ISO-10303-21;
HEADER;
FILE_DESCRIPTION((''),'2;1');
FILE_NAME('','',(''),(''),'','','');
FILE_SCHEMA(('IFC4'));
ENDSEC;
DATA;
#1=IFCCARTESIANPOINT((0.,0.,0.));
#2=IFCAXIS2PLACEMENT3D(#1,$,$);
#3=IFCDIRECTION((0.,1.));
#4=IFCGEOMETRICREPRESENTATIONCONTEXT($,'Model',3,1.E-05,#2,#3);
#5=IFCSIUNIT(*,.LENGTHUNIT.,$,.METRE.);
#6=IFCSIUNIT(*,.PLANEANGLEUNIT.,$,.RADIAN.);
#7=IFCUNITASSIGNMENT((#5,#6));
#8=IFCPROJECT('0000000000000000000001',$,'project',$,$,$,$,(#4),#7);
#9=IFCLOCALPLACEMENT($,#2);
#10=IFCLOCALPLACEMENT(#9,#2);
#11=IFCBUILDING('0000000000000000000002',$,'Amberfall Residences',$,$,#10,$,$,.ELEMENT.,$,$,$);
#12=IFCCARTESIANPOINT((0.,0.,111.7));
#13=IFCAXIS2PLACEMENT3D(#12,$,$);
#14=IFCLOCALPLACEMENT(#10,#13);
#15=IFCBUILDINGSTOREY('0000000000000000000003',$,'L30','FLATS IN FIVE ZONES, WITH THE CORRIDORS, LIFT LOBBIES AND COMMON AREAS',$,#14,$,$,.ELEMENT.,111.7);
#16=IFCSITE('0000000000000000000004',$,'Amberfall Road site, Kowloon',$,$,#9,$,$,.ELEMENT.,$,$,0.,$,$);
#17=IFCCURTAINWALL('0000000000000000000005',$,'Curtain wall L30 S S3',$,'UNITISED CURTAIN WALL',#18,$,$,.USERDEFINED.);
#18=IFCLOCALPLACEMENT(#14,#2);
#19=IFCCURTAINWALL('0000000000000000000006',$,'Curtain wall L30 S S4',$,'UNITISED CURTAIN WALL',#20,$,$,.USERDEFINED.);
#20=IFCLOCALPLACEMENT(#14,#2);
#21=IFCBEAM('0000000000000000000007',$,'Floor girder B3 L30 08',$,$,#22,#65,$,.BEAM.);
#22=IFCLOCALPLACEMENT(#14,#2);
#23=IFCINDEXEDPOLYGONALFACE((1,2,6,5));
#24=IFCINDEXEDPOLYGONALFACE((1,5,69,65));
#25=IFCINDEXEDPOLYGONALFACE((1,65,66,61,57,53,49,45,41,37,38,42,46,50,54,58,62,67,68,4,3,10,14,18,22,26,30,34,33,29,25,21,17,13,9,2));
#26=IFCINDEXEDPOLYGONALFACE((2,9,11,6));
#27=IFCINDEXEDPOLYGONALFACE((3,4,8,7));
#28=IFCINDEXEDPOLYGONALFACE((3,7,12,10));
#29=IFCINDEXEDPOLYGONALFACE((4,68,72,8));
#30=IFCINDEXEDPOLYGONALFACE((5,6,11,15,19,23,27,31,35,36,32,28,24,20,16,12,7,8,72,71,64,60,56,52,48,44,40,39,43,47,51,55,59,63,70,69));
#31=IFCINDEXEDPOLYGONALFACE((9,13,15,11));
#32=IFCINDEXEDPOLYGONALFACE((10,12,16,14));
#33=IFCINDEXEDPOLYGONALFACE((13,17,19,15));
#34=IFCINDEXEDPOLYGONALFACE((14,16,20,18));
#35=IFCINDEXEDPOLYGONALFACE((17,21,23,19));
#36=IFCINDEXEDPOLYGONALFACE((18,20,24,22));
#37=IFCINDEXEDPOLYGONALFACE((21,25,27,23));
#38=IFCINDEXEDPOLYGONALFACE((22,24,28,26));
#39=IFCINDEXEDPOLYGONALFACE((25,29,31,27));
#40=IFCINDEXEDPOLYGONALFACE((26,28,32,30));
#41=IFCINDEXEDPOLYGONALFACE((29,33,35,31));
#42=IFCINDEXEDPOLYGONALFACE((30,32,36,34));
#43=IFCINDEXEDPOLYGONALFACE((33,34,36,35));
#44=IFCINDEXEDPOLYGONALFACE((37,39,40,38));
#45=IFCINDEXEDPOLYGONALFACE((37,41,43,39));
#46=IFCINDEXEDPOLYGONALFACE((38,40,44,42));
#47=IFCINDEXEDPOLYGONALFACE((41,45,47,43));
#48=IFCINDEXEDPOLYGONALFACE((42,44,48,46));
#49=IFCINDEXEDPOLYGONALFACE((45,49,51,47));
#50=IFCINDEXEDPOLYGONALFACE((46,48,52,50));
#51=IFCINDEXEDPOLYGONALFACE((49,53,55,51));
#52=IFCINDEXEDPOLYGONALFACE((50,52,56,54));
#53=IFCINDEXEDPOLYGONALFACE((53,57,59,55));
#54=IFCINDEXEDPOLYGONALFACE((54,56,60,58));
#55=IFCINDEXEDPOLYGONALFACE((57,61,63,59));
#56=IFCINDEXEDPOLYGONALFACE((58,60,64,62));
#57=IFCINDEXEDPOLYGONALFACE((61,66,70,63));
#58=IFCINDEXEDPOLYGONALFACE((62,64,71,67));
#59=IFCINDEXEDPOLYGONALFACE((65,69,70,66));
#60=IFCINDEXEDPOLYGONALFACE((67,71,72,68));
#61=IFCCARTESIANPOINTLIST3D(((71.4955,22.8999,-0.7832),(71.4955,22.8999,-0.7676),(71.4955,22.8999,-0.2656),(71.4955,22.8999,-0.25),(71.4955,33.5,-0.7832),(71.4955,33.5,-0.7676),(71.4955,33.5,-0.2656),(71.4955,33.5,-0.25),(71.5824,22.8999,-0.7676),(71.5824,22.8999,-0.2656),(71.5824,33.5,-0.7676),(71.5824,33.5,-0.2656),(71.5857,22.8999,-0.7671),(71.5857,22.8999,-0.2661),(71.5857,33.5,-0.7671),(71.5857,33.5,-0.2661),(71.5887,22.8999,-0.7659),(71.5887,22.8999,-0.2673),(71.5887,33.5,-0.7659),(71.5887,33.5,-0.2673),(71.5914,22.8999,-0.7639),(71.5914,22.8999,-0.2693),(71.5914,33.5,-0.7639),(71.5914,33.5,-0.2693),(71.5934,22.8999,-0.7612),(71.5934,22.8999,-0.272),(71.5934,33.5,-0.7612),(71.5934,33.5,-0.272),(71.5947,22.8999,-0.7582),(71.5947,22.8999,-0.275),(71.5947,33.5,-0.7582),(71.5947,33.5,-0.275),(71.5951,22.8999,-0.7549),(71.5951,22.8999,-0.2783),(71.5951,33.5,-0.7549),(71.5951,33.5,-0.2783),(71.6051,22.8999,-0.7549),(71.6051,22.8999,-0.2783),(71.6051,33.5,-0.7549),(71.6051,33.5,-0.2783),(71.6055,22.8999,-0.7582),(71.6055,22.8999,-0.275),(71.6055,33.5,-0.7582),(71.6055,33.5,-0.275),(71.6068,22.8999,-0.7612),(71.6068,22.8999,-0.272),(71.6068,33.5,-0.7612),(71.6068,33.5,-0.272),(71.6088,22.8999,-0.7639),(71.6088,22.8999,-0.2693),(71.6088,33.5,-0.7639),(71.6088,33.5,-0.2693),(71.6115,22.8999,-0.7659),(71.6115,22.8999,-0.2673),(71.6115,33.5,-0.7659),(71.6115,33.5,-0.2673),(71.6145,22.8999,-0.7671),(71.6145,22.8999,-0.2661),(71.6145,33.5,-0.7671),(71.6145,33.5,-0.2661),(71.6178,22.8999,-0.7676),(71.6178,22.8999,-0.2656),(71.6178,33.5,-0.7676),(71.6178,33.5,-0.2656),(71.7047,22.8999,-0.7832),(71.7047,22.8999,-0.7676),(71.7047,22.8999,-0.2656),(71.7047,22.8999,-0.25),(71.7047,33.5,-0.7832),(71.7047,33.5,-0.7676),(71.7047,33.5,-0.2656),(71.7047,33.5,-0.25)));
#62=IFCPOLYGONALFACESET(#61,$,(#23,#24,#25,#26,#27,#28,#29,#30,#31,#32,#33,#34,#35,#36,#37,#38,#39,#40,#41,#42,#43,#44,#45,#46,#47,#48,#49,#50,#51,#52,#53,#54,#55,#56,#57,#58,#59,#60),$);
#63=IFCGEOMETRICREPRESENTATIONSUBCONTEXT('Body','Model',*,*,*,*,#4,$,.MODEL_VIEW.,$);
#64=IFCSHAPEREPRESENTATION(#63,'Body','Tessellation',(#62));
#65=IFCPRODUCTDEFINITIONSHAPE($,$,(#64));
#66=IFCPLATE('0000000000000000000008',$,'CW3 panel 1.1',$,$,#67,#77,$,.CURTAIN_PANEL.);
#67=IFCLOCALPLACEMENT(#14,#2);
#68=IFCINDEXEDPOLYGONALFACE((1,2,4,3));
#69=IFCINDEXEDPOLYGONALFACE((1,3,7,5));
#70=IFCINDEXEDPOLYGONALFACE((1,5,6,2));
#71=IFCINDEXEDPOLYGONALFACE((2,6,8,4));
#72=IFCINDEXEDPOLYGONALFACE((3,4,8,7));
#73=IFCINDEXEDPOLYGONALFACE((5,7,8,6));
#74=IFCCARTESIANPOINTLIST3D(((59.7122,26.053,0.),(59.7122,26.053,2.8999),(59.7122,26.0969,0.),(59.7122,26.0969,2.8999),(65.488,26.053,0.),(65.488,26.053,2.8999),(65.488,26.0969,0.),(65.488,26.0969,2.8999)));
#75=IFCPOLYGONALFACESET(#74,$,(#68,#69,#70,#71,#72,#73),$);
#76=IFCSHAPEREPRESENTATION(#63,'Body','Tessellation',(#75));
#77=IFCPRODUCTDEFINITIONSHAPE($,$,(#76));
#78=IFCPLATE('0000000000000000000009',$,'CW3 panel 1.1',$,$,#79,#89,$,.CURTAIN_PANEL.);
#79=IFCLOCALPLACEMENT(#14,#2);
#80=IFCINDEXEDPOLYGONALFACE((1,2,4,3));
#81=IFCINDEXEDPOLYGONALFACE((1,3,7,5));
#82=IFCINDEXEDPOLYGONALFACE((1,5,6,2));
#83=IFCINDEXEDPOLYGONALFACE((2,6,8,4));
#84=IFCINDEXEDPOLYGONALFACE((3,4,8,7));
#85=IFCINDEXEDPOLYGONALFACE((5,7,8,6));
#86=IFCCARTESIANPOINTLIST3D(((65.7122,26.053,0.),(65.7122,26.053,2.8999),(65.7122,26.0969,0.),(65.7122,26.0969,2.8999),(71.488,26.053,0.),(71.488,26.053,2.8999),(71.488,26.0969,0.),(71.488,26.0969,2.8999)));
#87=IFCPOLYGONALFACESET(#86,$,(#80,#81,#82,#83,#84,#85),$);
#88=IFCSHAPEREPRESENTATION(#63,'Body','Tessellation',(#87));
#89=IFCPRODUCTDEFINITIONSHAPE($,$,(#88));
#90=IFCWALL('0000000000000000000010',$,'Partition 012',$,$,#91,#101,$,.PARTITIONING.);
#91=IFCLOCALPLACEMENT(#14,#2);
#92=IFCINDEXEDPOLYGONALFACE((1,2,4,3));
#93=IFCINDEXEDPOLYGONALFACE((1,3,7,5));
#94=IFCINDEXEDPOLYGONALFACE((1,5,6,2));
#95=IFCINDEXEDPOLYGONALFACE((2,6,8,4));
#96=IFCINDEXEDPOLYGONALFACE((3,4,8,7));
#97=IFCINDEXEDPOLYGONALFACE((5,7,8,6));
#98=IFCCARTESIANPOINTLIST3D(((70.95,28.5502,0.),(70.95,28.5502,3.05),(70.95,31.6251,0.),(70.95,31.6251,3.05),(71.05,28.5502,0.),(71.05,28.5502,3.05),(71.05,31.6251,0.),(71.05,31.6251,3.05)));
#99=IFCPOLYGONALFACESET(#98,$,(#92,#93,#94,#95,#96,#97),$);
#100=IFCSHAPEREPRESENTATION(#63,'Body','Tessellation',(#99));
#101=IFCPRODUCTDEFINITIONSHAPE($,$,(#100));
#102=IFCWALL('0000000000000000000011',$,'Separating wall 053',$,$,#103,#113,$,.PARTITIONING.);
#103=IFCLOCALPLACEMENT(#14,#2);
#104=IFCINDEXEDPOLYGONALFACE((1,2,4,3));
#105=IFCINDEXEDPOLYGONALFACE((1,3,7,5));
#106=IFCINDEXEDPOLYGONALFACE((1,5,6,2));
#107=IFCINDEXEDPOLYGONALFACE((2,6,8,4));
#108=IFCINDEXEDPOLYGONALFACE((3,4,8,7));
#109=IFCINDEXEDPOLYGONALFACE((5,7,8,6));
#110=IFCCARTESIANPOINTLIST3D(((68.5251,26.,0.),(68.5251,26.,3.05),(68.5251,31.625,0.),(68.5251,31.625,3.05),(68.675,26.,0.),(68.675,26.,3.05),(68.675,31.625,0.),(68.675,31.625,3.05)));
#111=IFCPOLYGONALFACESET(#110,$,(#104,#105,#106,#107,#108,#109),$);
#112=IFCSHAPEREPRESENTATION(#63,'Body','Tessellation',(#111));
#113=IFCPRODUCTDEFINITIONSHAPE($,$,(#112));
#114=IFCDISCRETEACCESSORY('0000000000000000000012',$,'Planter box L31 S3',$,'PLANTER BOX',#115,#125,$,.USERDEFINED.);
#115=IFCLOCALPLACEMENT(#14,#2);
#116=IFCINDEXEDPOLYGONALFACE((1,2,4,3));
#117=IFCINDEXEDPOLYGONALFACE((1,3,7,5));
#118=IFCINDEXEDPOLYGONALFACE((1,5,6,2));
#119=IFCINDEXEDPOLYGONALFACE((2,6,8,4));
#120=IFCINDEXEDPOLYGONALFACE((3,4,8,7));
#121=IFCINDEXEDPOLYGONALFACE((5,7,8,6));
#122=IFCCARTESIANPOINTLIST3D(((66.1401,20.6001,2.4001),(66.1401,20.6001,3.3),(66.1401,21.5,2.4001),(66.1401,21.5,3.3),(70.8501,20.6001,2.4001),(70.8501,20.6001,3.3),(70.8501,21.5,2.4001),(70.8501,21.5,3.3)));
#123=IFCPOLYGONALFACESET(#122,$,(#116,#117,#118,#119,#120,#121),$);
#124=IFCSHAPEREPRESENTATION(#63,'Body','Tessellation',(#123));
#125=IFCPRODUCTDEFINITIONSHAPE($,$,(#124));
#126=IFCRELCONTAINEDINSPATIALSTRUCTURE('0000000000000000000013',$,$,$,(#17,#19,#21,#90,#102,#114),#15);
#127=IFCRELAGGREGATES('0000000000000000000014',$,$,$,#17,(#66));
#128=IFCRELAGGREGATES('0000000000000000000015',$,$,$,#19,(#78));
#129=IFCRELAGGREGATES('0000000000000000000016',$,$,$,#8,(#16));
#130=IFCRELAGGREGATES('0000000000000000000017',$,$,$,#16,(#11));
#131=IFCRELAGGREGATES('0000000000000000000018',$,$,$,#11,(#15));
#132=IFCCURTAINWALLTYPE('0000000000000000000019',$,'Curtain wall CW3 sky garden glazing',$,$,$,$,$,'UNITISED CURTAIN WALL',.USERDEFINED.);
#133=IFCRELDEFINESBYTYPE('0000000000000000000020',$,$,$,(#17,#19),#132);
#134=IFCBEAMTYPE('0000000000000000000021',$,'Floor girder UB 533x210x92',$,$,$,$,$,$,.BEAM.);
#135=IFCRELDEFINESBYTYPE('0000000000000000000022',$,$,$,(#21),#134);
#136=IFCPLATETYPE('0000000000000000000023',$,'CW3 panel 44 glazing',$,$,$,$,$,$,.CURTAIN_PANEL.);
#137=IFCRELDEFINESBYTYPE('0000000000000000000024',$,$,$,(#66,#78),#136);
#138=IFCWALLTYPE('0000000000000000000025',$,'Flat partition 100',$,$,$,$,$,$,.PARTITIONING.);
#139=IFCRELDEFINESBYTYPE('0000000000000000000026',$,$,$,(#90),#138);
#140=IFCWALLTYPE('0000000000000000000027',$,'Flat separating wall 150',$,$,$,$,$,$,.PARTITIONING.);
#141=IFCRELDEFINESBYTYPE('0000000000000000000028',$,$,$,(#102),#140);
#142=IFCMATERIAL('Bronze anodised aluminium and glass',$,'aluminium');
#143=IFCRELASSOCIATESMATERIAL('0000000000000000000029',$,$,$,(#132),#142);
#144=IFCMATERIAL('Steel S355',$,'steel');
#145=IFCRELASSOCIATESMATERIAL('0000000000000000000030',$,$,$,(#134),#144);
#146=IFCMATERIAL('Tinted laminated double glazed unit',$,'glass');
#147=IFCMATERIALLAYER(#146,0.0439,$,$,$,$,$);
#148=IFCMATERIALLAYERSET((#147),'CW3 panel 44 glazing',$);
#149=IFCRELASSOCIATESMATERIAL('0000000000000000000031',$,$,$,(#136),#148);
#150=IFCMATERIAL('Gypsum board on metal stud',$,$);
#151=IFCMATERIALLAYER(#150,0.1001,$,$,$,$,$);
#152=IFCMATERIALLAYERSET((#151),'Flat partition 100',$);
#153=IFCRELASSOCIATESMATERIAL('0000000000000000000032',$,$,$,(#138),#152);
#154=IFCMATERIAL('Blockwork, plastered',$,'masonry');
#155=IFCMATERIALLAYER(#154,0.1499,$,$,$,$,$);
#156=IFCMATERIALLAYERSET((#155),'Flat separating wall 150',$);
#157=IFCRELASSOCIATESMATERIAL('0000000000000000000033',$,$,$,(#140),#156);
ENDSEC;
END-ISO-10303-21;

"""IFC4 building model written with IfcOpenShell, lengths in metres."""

from ifc_helpers import new_model, si_unit, direction, frame, frame_2d, origin, origin_2d, place, context, subcontext, project, spatial, rectangle, i_section, extrude, material, layer, layer_set, material_profile, profile_set, type_object, element, aggregate, save


model = new_model("IFC4")

# Units and contexts
model_context = context("Model", 3, precision=1e-05, world=origin(), true_north=direction((0.0, 1.0)))
body_context = subcontext(model_context, "Body", "Model", "MODEL_VIEW")
ifc_project = project(units=[si_unit("LENGTHUNIT", "METRE"), si_unit("PLANEANGLEUNIT", "RADIAN")], contexts=[model_context])

# Site, building, storey
site_placement = place(None, origin())
site = spatial("IfcSite", under=ifc_project, at=site_placement, Name="Amberfall Road site, Kowloon", CompositionType="ELEMENT", RefElevation=0.0)
building_placement = place(site_placement, origin())
building = spatial("IfcBuilding", under=site, at=building_placement, Name="Amberfall Residences", CompositionType="ELEMENT")
storey_placement = place(building_placement, frame((0.0, 0.0, 111.7)))
storey = spatial("IfcBuildingStorey", under=building, at=storey_placement, Name="L30", Description="FLATS IN FIVE ZONES, WITH THE CORRIDORS, LIFT LOBBIES AND COMMON AREAS", CompositionType="ELEMENT", Elevation=111.7)

# Curtain walls
ifc_material_1 = material(Name="Bronze anodised aluminium and glass", Category="aluminium")
curtain_wall_type = type_object("IfcCurtainWallType", Name="Curtain wall CW3 sky garden glazing", ElementType="UNITISED CURTAIN WALL", PredefinedType="USERDEFINED", material=ifc_material_1)
curtain_wall_1_placement = place(storey_placement, origin())
curtain_wall_1 = element("IfcCurtainWall", 1, at=curtain_wall_1_placement, inside=storey, type_object=curtain_wall_type, Name="Curtain wall L30 S S3", ObjectType="UNITISED CURTAIN WALL", PredefinedType="USERDEFINED")
curtain_wall_2_placement = place(storey_placement, origin())
curtain_wall_2 = element("IfcCurtainWall", 2, at=curtain_wall_2_placement, inside=storey, type_object=curtain_wall_type, Name="Curtain wall L30 S S4", ObjectType="UNITISED CURTAIN WALL", PredefinedType="USERDEFINED")

# Beam
ifc_material_2 = material(Name="Steel S355", Category="steel")
ifc_material_profile_1 = material_profile(ifc_material_2, i_section(OverallWidth=0.2092, OverallDepth=0.5332, WebThickness=0.01, FlangeThickness=0.0156, FilletRadius=0.0127, at=origin_2d()), Name="UB 533x210x92")
ifc_profile_set_1 = profile_set([ifc_material_profile_1], Name="Steel S355")
beam_type_1 = type_object("IfcBeamType", Name="Floor girder UB 533x210x92", PredefinedType="BEAM", material=ifc_profile_set_1)
for number, where, z_axis, x_axis, name in (
    (3, (71.6001, 22.8999, -0.5166), (0.0, 1.0, 0.0), (-1.0, 0.0, 0.0), "Floor girder B3 L30 08"),
):
    element("IfcBeam", number, at=place(storey_placement, frame(where, z_axis=z_axis, x_axis=x_axis)), inside=storey, type_object=beam_type_1, Name=name, PredefinedType="BEAM", context=body_context, shape_type="SweptSolid", body=[
        extrude(i_section(OverallWidth=0.2092, OverallDepth=0.5332, WebThickness=0.01, FlangeThickness=0.0156, FilletRadius=0.0127, at=origin_2d()), origin(), (0.0, 0.0, 1.0), 10.6001),
    ])

# Plates
ifc_material_3 = material(Name="Tinted laminated double glazed unit", Category="glass")
ifc_layer_1 = layer(ifc_material_3, 0.0439)
ifc_layer_set_1 = layer_set([ifc_layer_1], Name="CW3 panel 44 glazing")
plate_type = type_object("IfcPlateType", Name="CW3 panel 44 glazing", PredefinedType="CURTAIN_PANEL", material=ifc_layer_set_1)
plate_1_placement = place(storey_placement, frame((62.6001, 26.075, 0.0), z_axis=(0.0, 0.0, 1.0), x_axis=(1.0, 0.0, 0.0)))
plate_1 = element("IfcPlate", 4, at=plate_1_placement, type_object=plate_type, Name="CW3 panel 1.1", PredefinedType="CURTAIN_PANEL", context=body_context, shape_type="SweptSolid", body=[
    extrude(rectangle(XDim=5.7759, YDim=0.0439, at=origin_2d()), origin(), (0.0, 0.0, 1.0), 2.8999),
])
aggregate(curtain_wall_1, [plate_1])
plate_2_placement = place(storey_placement, frame((68.6001, 26.075, 0.0), z_axis=(0.0, 0.0, 1.0), x_axis=(1.0, 0.0, 0.0)))
plate_2 = element("IfcPlate", 5, at=plate_2_placement, type_object=plate_type, Name="CW3 panel 1.1", PredefinedType="CURTAIN_PANEL", context=body_context, shape_type="SweptSolid", body=[
    extrude(rectangle(XDim=5.7759, YDim=0.0439, at=origin_2d()), origin(), (0.0, 0.0, 1.0), 2.8999),
])
aggregate(curtain_wall_2, [plate_2])

# Walls
ifc_material_4 = material(Name="Gypsum board on metal stud")
ifc_layer_2 = layer(ifc_material_4, 0.1001)
ifc_layer_set_2 = layer_set([ifc_layer_2], Name="Flat partition 100")
wall_type_1 = type_object("IfcWallType", Name="Flat partition 100", PredefinedType="PARTITIONING", material=ifc_layer_set_2)
wall_1_placement = place(storey_placement, frame((71.0, 28.55, 0.0), z_axis=(0.0, 0.0, 1.0), x_axis=(0.0, 1.0, 0.0)))
element("IfcWall", 6, at=wall_1_placement, inside=storey, type_object=wall_type_1, Name="Partition 012", PredefinedType="PARTITIONING", context=body_context, shape_type="SweptSolid", body=[
    extrude(rectangle(XDim=3.075, YDim=0.1001, at=frame_2d((1.5376, 0.0))), origin(), (0.0, 0.0, 1.0), 3.05),
])
ifc_material_5 = material(Name="Blockwork, plastered", Category="masonry")
ifc_layer_3 = layer(ifc_material_5, 0.1499)
ifc_layer_set_3 = layer_set([ifc_layer_3], Name="Flat separating wall 150")
wall_type_2 = type_object("IfcWallType", Name="Flat separating wall 150", PredefinedType="PARTITIONING", material=ifc_layer_set_3)
wall_2_placement = place(storey_placement, frame((68.6001, 26.0, 0.0), z_axis=(0.0, 0.0, 1.0), x_axis=(0.0, 1.0, 0.0)))
element("IfcWall", 7, at=wall_2_placement, inside=storey, type_object=wall_type_2, Name="Separating wall 053", PredefinedType="PARTITIONING", context=body_context, shape_type="SweptSolid", body=[
    extrude(rectangle(XDim=5.625, YDim=0.1499, at=frame_2d((2.8125, 0.0))), origin(), (0.0, 0.0, 1.0), 3.05),
])

# Discrete accessory
discrete_accessory_placement = place(storey_placement, frame((68.4951, 21.05, 2.4001), z_axis=(0.0, 0.0, 1.0), x_axis=(1.0, 0.0, 0.0)))
element("IfcDiscreteAccessory", 8, at=discrete_accessory_placement, inside=storey, Name="Planter box L31 S3", ObjectType="PLANTER BOX", PredefinedType="USERDEFINED", context=body_context, shape_type="SweptSolid", body=[
    extrude(rectangle(XDim=4.71, YDim=0.8999, at=origin_2d()), origin(), (0.0, 0.0, 1.0), 0.8999),
])

save(model, "model.ifc")
